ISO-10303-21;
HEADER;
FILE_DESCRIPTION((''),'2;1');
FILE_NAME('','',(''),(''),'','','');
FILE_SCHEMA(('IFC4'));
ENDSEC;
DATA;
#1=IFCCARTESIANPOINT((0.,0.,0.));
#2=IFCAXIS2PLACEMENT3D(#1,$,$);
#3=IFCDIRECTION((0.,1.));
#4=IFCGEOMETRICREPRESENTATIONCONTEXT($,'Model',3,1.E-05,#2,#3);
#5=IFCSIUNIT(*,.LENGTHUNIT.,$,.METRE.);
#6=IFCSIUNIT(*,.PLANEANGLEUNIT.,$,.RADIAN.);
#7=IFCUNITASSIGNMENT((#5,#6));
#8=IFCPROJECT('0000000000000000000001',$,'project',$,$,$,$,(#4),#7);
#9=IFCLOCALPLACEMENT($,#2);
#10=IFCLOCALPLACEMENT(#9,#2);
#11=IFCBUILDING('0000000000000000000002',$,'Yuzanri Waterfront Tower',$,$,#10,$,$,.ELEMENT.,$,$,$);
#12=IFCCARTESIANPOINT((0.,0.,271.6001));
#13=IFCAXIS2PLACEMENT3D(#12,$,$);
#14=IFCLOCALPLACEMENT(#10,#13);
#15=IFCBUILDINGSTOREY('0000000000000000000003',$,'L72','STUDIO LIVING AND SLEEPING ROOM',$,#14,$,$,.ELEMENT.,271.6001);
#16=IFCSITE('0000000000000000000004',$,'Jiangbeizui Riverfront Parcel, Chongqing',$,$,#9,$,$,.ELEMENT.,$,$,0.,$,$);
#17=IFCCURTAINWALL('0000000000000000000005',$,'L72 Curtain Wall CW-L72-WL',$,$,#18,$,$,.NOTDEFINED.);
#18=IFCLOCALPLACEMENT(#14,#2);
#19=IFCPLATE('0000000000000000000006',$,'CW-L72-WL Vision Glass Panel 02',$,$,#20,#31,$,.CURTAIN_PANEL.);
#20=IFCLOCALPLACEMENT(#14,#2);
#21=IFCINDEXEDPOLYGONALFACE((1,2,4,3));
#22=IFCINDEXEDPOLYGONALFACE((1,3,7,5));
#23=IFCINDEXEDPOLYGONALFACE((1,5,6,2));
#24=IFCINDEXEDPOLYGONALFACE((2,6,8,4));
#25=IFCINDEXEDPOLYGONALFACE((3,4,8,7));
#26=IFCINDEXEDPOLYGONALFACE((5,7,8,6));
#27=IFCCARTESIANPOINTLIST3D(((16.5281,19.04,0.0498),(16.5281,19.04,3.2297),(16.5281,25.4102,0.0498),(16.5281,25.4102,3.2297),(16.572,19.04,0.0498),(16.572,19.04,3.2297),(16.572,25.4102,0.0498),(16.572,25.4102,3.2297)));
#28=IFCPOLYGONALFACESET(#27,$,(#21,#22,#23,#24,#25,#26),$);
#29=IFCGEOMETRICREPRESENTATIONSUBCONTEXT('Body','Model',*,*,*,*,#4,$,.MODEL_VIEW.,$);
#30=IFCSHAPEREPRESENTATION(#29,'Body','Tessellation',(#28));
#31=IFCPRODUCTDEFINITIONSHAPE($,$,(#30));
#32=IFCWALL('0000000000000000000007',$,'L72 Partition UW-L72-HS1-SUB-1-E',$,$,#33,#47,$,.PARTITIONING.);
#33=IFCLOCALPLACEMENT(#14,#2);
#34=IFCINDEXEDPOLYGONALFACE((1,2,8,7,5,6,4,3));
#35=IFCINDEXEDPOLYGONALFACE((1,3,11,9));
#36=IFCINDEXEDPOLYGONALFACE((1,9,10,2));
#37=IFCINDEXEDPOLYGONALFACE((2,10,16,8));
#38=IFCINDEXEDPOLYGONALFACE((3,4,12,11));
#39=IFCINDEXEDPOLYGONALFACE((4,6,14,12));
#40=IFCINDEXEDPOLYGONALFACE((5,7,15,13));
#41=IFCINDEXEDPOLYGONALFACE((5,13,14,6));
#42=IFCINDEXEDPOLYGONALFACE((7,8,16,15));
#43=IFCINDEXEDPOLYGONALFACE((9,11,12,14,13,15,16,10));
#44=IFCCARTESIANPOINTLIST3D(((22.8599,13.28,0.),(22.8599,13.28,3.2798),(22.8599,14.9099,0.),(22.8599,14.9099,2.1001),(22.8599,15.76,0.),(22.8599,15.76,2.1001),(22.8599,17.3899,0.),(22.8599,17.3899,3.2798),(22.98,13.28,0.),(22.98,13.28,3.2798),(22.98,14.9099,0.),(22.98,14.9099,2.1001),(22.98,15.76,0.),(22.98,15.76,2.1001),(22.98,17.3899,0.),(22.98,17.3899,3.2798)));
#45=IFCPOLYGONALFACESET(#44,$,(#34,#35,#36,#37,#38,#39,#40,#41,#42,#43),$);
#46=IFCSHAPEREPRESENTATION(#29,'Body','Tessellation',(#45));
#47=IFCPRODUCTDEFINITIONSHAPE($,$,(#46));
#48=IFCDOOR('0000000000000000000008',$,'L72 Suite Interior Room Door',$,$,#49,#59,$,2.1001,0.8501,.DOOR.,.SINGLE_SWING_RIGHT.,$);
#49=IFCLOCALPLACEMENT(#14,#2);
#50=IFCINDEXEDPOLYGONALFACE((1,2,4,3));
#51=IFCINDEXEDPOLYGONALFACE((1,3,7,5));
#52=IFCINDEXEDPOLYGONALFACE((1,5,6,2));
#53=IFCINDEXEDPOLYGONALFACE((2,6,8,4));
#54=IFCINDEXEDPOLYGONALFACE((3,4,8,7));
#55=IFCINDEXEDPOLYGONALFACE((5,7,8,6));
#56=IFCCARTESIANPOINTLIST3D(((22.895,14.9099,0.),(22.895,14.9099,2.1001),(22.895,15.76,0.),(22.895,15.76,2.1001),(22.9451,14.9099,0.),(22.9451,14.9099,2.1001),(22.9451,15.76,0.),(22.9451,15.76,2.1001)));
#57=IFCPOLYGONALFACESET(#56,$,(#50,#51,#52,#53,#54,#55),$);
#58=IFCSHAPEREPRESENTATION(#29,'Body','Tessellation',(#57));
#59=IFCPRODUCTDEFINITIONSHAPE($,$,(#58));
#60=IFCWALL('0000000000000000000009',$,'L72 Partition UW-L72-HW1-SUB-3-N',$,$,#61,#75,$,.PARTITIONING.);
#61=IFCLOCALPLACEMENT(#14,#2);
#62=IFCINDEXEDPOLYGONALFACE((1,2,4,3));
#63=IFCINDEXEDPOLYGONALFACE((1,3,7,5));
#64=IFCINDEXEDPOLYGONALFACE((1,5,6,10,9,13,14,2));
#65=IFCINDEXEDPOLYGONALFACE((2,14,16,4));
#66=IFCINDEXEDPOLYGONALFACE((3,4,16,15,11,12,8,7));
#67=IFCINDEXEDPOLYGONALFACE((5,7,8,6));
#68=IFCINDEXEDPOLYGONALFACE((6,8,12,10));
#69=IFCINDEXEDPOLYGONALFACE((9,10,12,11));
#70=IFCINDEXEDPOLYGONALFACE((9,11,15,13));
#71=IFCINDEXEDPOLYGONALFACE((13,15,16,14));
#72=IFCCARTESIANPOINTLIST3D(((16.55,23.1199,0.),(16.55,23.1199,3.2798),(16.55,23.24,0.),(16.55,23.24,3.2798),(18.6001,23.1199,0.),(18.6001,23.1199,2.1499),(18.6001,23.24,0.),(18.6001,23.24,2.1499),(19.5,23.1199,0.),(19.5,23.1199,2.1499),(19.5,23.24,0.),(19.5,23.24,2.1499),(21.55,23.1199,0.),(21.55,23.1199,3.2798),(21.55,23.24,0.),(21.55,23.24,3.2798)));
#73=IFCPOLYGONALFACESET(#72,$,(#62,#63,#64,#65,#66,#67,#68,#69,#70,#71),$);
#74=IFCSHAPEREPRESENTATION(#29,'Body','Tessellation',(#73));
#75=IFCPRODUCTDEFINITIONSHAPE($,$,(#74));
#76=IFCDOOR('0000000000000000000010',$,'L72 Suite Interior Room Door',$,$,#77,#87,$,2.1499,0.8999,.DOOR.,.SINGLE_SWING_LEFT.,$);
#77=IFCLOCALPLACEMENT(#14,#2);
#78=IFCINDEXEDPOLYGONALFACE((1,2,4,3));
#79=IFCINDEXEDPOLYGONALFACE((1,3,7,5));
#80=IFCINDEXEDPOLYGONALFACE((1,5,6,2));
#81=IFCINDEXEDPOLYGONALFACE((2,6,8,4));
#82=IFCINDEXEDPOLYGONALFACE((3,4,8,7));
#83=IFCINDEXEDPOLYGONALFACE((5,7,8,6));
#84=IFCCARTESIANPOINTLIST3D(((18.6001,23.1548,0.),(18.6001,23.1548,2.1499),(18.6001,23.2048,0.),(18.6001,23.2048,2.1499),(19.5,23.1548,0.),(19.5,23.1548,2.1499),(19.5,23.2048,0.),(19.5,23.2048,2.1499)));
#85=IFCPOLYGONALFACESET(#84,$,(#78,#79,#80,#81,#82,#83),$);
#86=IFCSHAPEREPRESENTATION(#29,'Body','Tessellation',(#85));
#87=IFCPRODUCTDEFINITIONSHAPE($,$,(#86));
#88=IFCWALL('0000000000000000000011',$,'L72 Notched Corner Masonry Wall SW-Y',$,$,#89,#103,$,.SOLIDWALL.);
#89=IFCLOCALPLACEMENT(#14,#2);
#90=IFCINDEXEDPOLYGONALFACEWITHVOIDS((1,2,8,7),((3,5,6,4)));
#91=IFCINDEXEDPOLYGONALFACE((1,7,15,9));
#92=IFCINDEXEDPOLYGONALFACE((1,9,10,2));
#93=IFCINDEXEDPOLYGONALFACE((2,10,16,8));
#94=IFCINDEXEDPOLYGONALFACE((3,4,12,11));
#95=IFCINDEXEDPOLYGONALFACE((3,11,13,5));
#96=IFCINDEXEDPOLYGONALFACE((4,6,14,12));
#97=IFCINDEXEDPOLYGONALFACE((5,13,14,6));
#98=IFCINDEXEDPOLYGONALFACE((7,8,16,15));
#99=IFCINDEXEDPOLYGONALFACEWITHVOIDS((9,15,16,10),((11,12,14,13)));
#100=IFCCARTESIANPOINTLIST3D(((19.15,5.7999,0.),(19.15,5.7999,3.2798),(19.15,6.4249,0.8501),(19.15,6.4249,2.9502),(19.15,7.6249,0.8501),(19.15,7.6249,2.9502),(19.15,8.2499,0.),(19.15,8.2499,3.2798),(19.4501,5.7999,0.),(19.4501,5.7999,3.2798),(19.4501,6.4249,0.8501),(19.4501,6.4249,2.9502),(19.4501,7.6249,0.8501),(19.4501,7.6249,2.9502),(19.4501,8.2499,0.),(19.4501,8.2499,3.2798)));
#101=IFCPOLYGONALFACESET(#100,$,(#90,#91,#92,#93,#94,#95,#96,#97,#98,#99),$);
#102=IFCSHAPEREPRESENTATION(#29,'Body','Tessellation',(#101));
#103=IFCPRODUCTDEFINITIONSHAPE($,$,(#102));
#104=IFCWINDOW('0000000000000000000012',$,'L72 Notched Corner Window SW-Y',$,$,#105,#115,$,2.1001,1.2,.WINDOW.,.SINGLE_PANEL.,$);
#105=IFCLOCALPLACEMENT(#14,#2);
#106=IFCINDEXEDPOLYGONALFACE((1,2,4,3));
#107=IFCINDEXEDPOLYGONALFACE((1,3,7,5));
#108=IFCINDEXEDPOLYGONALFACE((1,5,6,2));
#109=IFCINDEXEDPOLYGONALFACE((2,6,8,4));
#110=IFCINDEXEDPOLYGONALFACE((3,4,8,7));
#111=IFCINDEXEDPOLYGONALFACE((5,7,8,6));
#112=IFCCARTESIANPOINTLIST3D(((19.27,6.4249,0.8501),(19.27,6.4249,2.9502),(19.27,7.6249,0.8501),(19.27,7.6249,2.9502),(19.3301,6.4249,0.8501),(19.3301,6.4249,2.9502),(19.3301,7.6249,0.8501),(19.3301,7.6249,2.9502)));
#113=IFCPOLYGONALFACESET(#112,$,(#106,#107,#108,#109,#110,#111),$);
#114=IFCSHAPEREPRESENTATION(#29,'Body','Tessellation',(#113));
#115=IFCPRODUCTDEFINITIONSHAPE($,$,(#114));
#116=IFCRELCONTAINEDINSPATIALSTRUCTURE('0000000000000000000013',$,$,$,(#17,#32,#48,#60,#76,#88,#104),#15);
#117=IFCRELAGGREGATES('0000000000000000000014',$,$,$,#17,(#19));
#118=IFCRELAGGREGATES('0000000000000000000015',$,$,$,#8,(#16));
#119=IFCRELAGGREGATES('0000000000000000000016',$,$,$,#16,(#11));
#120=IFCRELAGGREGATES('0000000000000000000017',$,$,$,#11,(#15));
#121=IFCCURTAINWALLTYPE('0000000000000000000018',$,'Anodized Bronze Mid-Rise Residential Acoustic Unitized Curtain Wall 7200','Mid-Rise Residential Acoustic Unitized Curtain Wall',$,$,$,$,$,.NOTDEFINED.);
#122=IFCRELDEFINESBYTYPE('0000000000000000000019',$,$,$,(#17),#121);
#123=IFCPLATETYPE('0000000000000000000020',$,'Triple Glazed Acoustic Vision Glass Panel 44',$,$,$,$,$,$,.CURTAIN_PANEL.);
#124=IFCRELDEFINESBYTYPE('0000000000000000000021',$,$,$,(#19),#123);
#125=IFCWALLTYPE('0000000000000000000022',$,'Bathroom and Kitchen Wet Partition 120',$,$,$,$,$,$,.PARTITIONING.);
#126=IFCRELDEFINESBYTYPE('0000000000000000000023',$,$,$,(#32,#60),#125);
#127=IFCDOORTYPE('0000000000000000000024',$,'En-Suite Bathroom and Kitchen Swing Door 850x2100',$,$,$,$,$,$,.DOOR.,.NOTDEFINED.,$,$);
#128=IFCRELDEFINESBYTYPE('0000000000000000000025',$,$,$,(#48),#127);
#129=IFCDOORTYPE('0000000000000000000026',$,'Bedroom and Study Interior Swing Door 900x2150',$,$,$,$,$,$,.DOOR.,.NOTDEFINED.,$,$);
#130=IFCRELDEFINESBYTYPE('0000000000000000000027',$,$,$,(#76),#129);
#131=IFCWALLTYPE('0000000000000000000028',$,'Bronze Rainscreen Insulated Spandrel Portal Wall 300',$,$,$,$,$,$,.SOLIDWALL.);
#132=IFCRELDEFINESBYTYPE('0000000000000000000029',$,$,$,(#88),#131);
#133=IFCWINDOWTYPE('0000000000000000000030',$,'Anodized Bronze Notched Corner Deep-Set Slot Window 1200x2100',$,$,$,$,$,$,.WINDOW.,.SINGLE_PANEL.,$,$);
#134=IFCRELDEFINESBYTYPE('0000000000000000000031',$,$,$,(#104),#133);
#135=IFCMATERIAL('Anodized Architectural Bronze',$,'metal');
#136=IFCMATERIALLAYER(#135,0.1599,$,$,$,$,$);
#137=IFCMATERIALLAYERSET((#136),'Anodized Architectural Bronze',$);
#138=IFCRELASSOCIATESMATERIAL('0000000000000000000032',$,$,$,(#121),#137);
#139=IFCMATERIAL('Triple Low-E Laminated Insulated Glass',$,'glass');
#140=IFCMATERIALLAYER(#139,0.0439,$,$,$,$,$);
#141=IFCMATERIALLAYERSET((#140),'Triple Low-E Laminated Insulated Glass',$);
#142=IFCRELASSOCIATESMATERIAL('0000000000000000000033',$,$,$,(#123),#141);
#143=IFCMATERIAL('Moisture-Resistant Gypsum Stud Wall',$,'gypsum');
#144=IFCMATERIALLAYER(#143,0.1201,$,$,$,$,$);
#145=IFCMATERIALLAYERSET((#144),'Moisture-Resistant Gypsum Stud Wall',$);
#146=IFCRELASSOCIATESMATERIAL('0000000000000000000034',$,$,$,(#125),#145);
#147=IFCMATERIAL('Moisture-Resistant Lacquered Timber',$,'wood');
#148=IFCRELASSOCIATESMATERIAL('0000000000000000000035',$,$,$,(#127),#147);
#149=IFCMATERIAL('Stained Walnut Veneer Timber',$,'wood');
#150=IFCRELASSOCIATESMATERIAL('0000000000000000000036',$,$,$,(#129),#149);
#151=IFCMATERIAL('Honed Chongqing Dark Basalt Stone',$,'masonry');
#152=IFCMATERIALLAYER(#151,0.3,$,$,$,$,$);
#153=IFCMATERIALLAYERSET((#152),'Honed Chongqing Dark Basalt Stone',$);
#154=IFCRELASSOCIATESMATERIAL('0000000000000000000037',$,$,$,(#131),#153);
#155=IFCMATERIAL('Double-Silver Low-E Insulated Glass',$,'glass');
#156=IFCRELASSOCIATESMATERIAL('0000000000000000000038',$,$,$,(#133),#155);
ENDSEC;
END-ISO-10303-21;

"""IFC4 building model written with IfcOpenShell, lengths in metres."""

from ifc_helpers import new_model, si_unit, direction, frame, frame_2d, origin, origin_2d, place, context, subcontext, project, spatial, rectangle, extrude, source, transform, mapped, material, layer, layer_set, type_object, element, fill, aggregate, save


model = new_model("IFC4")

# Units and contexts
model_context = context("Model", 3, precision=1e-05, world=origin(), true_north=direction((0.0, 1.0)))
body_context = subcontext(model_context, "Body", "Model", "MODEL_VIEW")
ifc_project = project(units=[si_unit("LENGTHUNIT", "METRE"), si_unit("PLANEANGLEUNIT", "RADIAN")], contexts=[model_context])

# Site, building, storey
site_placement = place(None, origin())
site = spatial("IfcSite", under=ifc_project, at=site_placement, Name="Jiangbeizui Riverfront Parcel, Chongqing", CompositionType="ELEMENT", RefElevation=0.0)
building_placement = place(site_placement, origin())
building = spatial("IfcBuilding", under=site, at=building_placement, Name="Yuzanri Waterfront Tower", CompositionType="ELEMENT")
storey_placement = place(building_placement, frame((0.0, 0.0, 271.6001)))
storey = spatial("IfcBuildingStorey", under=building, at=storey_placement, Name="L72", Description="STUDIO LIVING AND SLEEPING ROOM", CompositionType="ELEMENT", Elevation=271.6001)

# Curtain wall, plate
ifc_material_1 = material(Name="Anodized Architectural Bronze", Category="metal")
ifc_layer_1 = layer(ifc_material_1, 0.1599)
ifc_layer_set_1 = layer_set([ifc_layer_1], Name="Anodized Architectural Bronze")
curtain_wall_type = type_object("IfcCurtainWallType", Name="Anodized Bronze Mid-Rise Residential Acoustic Unitized Curtain Wall 7200", Description="Mid-Rise Residential Acoustic Unitized Curtain Wall", PredefinedType="NOTDEFINED", material=ifc_layer_set_1)
curtain_wall_placement = place(storey_placement, origin())
curtain_wall = element("IfcCurtainWall", 1, at=curtain_wall_placement, inside=storey, type_object=curtain_wall_type, Name="L72 Curtain Wall CW-L72-WL", PredefinedType="NOTDEFINED")
ifc_material_2 = material(Name="Triple Low-E Laminated Insulated Glass", Category="glass")
ifc_layer_2 = layer(ifc_material_2, 0.0439)
ifc_layer_set_2 = layer_set([ifc_layer_2], Name="Triple Low-E Laminated Insulated Glass")
plate_type = type_object("IfcPlateType", Name="Triple Glazed Acoustic Vision Glass Panel 44", PredefinedType="CURTAIN_PANEL", material=ifc_layer_set_2)
shared_shape_1 = source(origin(), body_context, "Body", "SweptSolid", [
    extrude(rectangle(XDim=6.3701, YDim=0.0439, at=origin_2d()), origin(), (0.0, 0.0, 1.0), 3.1799),
])
plate_placement = place(storey_placement, frame((16.55, 22.2251, 0.0498), z_axis=(0.0, 0.0, 1.0), x_axis=(0.0, 1.0, 0.0)))
plate = element("IfcPlate", 2, at=plate_placement, type_object=plate_type, Name="CW-L72-WL Vision Glass Panel 02", PredefinedType="CURTAIN_PANEL", context=body_context, shape_type="MappedRepresentation", body=[
    mapped(shared_shape_1, transform((0.0, 0.0, 0.0), scale=1.0)),
])
aggregate(curtain_wall, [plate])

# Walls, openings, doors
ifc_material_3 = material(Name="Moisture-Resistant Gypsum Stud Wall", Category="gypsum")
ifc_layer_3 = layer(ifc_material_3, 0.1201)
ifc_layer_set_3 = layer_set([ifc_layer_3], Name="Moisture-Resistant Gypsum Stud Wall")
wall_type_1 = type_object("IfcWallType", Name="Bathroom and Kitchen Wet Partition 120", PredefinedType="PARTITIONING", material=ifc_layer_set_3)
wall_1_placement = place(storey_placement, frame((22.9199, 13.28, 0.0), z_axis=(0.0, 0.0, 1.0), x_axis=(0.0, 1.0, 0.0)))
wall_1 = element("IfcWall", 3, at=wall_1_placement, inside=storey, type_object=wall_type_1, Name="L72 Partition UW-L72-HS1-SUB-1-E", PredefinedType="PARTITIONING", context=body_context, shape_type="SweptSolid", body=[
    extrude(rectangle(XDim=4.1099, YDim=0.1201, at=frame_2d((2.0549, 0.0))), origin(), (0.0, 0.0, 1.0), 3.2798),
])
opening_1_placement = place(wall_1_placement, frame((1.6299, 0.0, 0.0)))
opening_1 = element("IfcOpeningElement", 4, at=opening_1_placement, cuts=wall_1, PredefinedType="OPENING", context=body_context, shape_type="SweptSolid", body=[
    extrude(rectangle(XDim=0.8501, YDim=2.1001, at=frame_2d((0.425, 1.05))), frame((0.0, 0.075, 0.0), z_axis=(0.0, -1.0, 0.0), x_axis=(1.0, 0.0, 0.0)), (0.0, 0.0, 1.0), 0.1499),
])
ifc_material_4 = material(Name="Moisture-Resistant Lacquered Timber", Category="wood")
door_type_1 = type_object("IfcDoorType", Name="En-Suite Bathroom and Kitchen Swing Door 850x2100", OperationType="NOTDEFINED", PredefinedType="DOOR", material=ifc_material_4)
shared_shape_2 = source(origin(), body_context, "Body", "SweptSolid", [
    extrude(rectangle(XDim=0.8501, YDim=2.1001, at=frame_2d((0.425, 1.05))), frame((0.0, 0.0249, 0.0), z_axis=(0.0, -1.0, 0.0), x_axis=(1.0, 0.0, 0.0)), (0.0, 0.0, 1.0), 0.05),
])
door_1_placement = place(opening_1_placement, origin())
door_1 = element("IfcDoor", 5, at=door_1_placement, inside=storey, type_object=door_type_1, Name="L72 Suite Interior Room Door", OperationType="SINGLE_SWING_RIGHT", OverallHeight=2.1001, OverallWidth=0.8501, PredefinedType="DOOR", context=body_context, shape_type="MappedRepresentation", body=[
    mapped(shared_shape_2, transform((0.0, 0.0, 0.0), scale=1.0)),
])
fill(opening_1, door_1)
wall_2_placement = place(storey_placement, frame((16.55, 23.1799, 0.0), z_axis=(0.0, 0.0, 1.0), x_axis=(1.0, 0.0, 0.0)))
wall_2 = element("IfcWall", 6, at=wall_2_placement, inside=storey, type_object=wall_type_1, Name="L72 Partition UW-L72-HW1-SUB-3-N", PredefinedType="PARTITIONING", context=body_context, shape_type="SweptSolid", body=[
    extrude(rectangle(XDim=5.0, YDim=0.1201, at=frame_2d((2.5, 0.0))), origin(), (0.0, 0.0, 1.0), 3.2798),
])
opening_2_placement = place(wall_2_placement, frame((2.05, 0.0, 0.0)))
opening_2 = element("IfcOpeningElement", 7, at=opening_2_placement, cuts=wall_2, PredefinedType="OPENING", context=body_context, shape_type="SweptSolid", body=[
    extrude(rectangle(XDim=0.8999, YDim=2.1499, at=frame_2d((0.45, 1.075))), frame((0.0, 0.075, 0.0), z_axis=(0.0, -1.0, 0.0), x_axis=(1.0, 0.0, 0.0)), (0.0, 0.0, 1.0), 0.1499),
])
ifc_material_5 = material(Name="Stained Walnut Veneer Timber", Category="wood")
door_type_2 = type_object("IfcDoorType", Name="Bedroom and Study Interior Swing Door 900x2150", OperationType="NOTDEFINED", PredefinedType="DOOR", material=ifc_material_5)
shared_shape_3 = source(origin(), body_context, "Body", "SweptSolid", [
    extrude(rectangle(XDim=0.8999, YDim=2.1499, at=frame_2d((0.45, 1.075))), frame((0.0, 0.0249, 0.0), z_axis=(0.0, -1.0, 0.0), x_axis=(1.0, 0.0, 0.0)), (0.0, 0.0, 1.0), 0.05),
])
door_2_placement = place(opening_2_placement, origin())
door_2 = element("IfcDoor", 8, at=door_2_placement, inside=storey, type_object=door_type_2, Name="L72 Suite Interior Room Door", OperationType="SINGLE_SWING_LEFT", OverallHeight=2.1499, OverallWidth=0.8999, PredefinedType="DOOR", context=body_context, shape_type="MappedRepresentation", body=[
    mapped(shared_shape_3, transform((0.0, 0.0, 0.0), scale=1.0)),
])
fill(opening_2, door_2)

# Wall, opening, window
ifc_material_6 = material(Name="Honed Chongqing Dark Basalt Stone", Category="masonry")
ifc_layer_4 = layer(ifc_material_6, 0.3)
ifc_layer_set_4 = layer_set([ifc_layer_4], Name="Honed Chongqing Dark Basalt Stone")
wall_type_2 = type_object("IfcWallType", Name="Bronze Rainscreen Insulated Spandrel Portal Wall 300", PredefinedType="SOLIDWALL", material=ifc_layer_set_4)
wall_3_placement = place(storey_placement, frame((19.3, 8.25, 0.0), z_axis=(0.0, 0.0, 1.0), x_axis=(0.0, -1.0, 0.0)))
wall_3 = element("IfcWall", 9, at=wall_3_placement, inside=storey, type_object=wall_type_2, Name="L72 Notched Corner Masonry Wall SW-Y", PredefinedType="SOLIDWALL", context=body_context, shape_type="SweptSolid", body=[
    extrude(rectangle(XDim=2.45, YDim=0.3, at=frame_2d((1.2251, 0.0))), origin(), (0.0, 0.0, 1.0), 3.2798),
])
opening_3_placement = place(wall_3_placement, frame((0.625, 0.0, 0.8501)))
opening_3 = element("IfcOpeningElement", 10, at=opening_3_placement, cuts=wall_3, PredefinedType="OPENING", context=body_context, shape_type="SweptSolid", body=[
    extrude(rectangle(XDim=1.2, YDim=2.1001, at=frame_2d((0.6001, 1.05))), frame((0.0, 0.165, 0.0), z_axis=(0.0, -1.0, 0.0), x_axis=(1.0, 0.0, 0.0)), (0.0, 0.0, 1.0), 0.3298),
])
ifc_material_7 = material(Name="Double-Silver Low-E Insulated Glass", Category="glass")
window_type = type_object("IfcWindowType", Name="Anodized Bronze Notched Corner Deep-Set Slot Window 1200x2100", PartitioningType="SINGLE_PANEL", PredefinedType="WINDOW", material=ifc_material_7)
shared_shape_4 = source(origin(), body_context, "Body", "SweptSolid", [
    extrude(rectangle(XDim=1.2, YDim=2.1001, at=frame_2d((0.6001, 1.05))), frame((0.0, 0.03, 0.0), z_axis=(0.0, -1.0, 0.0), x_axis=(1.0, 0.0, 0.0)), (0.0, 0.0, 1.0), 0.0601),
])
window_placement = place(opening_3_placement, origin())
window = element("IfcWindow", 11, at=window_placement, inside=storey, type_object=window_type, Name="L72 Notched Corner Window SW-Y", OverallHeight=2.1001, OverallWidth=1.2, PartitioningType="SINGLE_PANEL", PredefinedType="WINDOW", context=body_context, shape_type="MappedRepresentation", body=[
    mapped(shared_shape_4, transform((0.0, 0.0, 0.0), scale=1.0)),
])
fill(opening_3, window)

save(model, "model.ifc")
